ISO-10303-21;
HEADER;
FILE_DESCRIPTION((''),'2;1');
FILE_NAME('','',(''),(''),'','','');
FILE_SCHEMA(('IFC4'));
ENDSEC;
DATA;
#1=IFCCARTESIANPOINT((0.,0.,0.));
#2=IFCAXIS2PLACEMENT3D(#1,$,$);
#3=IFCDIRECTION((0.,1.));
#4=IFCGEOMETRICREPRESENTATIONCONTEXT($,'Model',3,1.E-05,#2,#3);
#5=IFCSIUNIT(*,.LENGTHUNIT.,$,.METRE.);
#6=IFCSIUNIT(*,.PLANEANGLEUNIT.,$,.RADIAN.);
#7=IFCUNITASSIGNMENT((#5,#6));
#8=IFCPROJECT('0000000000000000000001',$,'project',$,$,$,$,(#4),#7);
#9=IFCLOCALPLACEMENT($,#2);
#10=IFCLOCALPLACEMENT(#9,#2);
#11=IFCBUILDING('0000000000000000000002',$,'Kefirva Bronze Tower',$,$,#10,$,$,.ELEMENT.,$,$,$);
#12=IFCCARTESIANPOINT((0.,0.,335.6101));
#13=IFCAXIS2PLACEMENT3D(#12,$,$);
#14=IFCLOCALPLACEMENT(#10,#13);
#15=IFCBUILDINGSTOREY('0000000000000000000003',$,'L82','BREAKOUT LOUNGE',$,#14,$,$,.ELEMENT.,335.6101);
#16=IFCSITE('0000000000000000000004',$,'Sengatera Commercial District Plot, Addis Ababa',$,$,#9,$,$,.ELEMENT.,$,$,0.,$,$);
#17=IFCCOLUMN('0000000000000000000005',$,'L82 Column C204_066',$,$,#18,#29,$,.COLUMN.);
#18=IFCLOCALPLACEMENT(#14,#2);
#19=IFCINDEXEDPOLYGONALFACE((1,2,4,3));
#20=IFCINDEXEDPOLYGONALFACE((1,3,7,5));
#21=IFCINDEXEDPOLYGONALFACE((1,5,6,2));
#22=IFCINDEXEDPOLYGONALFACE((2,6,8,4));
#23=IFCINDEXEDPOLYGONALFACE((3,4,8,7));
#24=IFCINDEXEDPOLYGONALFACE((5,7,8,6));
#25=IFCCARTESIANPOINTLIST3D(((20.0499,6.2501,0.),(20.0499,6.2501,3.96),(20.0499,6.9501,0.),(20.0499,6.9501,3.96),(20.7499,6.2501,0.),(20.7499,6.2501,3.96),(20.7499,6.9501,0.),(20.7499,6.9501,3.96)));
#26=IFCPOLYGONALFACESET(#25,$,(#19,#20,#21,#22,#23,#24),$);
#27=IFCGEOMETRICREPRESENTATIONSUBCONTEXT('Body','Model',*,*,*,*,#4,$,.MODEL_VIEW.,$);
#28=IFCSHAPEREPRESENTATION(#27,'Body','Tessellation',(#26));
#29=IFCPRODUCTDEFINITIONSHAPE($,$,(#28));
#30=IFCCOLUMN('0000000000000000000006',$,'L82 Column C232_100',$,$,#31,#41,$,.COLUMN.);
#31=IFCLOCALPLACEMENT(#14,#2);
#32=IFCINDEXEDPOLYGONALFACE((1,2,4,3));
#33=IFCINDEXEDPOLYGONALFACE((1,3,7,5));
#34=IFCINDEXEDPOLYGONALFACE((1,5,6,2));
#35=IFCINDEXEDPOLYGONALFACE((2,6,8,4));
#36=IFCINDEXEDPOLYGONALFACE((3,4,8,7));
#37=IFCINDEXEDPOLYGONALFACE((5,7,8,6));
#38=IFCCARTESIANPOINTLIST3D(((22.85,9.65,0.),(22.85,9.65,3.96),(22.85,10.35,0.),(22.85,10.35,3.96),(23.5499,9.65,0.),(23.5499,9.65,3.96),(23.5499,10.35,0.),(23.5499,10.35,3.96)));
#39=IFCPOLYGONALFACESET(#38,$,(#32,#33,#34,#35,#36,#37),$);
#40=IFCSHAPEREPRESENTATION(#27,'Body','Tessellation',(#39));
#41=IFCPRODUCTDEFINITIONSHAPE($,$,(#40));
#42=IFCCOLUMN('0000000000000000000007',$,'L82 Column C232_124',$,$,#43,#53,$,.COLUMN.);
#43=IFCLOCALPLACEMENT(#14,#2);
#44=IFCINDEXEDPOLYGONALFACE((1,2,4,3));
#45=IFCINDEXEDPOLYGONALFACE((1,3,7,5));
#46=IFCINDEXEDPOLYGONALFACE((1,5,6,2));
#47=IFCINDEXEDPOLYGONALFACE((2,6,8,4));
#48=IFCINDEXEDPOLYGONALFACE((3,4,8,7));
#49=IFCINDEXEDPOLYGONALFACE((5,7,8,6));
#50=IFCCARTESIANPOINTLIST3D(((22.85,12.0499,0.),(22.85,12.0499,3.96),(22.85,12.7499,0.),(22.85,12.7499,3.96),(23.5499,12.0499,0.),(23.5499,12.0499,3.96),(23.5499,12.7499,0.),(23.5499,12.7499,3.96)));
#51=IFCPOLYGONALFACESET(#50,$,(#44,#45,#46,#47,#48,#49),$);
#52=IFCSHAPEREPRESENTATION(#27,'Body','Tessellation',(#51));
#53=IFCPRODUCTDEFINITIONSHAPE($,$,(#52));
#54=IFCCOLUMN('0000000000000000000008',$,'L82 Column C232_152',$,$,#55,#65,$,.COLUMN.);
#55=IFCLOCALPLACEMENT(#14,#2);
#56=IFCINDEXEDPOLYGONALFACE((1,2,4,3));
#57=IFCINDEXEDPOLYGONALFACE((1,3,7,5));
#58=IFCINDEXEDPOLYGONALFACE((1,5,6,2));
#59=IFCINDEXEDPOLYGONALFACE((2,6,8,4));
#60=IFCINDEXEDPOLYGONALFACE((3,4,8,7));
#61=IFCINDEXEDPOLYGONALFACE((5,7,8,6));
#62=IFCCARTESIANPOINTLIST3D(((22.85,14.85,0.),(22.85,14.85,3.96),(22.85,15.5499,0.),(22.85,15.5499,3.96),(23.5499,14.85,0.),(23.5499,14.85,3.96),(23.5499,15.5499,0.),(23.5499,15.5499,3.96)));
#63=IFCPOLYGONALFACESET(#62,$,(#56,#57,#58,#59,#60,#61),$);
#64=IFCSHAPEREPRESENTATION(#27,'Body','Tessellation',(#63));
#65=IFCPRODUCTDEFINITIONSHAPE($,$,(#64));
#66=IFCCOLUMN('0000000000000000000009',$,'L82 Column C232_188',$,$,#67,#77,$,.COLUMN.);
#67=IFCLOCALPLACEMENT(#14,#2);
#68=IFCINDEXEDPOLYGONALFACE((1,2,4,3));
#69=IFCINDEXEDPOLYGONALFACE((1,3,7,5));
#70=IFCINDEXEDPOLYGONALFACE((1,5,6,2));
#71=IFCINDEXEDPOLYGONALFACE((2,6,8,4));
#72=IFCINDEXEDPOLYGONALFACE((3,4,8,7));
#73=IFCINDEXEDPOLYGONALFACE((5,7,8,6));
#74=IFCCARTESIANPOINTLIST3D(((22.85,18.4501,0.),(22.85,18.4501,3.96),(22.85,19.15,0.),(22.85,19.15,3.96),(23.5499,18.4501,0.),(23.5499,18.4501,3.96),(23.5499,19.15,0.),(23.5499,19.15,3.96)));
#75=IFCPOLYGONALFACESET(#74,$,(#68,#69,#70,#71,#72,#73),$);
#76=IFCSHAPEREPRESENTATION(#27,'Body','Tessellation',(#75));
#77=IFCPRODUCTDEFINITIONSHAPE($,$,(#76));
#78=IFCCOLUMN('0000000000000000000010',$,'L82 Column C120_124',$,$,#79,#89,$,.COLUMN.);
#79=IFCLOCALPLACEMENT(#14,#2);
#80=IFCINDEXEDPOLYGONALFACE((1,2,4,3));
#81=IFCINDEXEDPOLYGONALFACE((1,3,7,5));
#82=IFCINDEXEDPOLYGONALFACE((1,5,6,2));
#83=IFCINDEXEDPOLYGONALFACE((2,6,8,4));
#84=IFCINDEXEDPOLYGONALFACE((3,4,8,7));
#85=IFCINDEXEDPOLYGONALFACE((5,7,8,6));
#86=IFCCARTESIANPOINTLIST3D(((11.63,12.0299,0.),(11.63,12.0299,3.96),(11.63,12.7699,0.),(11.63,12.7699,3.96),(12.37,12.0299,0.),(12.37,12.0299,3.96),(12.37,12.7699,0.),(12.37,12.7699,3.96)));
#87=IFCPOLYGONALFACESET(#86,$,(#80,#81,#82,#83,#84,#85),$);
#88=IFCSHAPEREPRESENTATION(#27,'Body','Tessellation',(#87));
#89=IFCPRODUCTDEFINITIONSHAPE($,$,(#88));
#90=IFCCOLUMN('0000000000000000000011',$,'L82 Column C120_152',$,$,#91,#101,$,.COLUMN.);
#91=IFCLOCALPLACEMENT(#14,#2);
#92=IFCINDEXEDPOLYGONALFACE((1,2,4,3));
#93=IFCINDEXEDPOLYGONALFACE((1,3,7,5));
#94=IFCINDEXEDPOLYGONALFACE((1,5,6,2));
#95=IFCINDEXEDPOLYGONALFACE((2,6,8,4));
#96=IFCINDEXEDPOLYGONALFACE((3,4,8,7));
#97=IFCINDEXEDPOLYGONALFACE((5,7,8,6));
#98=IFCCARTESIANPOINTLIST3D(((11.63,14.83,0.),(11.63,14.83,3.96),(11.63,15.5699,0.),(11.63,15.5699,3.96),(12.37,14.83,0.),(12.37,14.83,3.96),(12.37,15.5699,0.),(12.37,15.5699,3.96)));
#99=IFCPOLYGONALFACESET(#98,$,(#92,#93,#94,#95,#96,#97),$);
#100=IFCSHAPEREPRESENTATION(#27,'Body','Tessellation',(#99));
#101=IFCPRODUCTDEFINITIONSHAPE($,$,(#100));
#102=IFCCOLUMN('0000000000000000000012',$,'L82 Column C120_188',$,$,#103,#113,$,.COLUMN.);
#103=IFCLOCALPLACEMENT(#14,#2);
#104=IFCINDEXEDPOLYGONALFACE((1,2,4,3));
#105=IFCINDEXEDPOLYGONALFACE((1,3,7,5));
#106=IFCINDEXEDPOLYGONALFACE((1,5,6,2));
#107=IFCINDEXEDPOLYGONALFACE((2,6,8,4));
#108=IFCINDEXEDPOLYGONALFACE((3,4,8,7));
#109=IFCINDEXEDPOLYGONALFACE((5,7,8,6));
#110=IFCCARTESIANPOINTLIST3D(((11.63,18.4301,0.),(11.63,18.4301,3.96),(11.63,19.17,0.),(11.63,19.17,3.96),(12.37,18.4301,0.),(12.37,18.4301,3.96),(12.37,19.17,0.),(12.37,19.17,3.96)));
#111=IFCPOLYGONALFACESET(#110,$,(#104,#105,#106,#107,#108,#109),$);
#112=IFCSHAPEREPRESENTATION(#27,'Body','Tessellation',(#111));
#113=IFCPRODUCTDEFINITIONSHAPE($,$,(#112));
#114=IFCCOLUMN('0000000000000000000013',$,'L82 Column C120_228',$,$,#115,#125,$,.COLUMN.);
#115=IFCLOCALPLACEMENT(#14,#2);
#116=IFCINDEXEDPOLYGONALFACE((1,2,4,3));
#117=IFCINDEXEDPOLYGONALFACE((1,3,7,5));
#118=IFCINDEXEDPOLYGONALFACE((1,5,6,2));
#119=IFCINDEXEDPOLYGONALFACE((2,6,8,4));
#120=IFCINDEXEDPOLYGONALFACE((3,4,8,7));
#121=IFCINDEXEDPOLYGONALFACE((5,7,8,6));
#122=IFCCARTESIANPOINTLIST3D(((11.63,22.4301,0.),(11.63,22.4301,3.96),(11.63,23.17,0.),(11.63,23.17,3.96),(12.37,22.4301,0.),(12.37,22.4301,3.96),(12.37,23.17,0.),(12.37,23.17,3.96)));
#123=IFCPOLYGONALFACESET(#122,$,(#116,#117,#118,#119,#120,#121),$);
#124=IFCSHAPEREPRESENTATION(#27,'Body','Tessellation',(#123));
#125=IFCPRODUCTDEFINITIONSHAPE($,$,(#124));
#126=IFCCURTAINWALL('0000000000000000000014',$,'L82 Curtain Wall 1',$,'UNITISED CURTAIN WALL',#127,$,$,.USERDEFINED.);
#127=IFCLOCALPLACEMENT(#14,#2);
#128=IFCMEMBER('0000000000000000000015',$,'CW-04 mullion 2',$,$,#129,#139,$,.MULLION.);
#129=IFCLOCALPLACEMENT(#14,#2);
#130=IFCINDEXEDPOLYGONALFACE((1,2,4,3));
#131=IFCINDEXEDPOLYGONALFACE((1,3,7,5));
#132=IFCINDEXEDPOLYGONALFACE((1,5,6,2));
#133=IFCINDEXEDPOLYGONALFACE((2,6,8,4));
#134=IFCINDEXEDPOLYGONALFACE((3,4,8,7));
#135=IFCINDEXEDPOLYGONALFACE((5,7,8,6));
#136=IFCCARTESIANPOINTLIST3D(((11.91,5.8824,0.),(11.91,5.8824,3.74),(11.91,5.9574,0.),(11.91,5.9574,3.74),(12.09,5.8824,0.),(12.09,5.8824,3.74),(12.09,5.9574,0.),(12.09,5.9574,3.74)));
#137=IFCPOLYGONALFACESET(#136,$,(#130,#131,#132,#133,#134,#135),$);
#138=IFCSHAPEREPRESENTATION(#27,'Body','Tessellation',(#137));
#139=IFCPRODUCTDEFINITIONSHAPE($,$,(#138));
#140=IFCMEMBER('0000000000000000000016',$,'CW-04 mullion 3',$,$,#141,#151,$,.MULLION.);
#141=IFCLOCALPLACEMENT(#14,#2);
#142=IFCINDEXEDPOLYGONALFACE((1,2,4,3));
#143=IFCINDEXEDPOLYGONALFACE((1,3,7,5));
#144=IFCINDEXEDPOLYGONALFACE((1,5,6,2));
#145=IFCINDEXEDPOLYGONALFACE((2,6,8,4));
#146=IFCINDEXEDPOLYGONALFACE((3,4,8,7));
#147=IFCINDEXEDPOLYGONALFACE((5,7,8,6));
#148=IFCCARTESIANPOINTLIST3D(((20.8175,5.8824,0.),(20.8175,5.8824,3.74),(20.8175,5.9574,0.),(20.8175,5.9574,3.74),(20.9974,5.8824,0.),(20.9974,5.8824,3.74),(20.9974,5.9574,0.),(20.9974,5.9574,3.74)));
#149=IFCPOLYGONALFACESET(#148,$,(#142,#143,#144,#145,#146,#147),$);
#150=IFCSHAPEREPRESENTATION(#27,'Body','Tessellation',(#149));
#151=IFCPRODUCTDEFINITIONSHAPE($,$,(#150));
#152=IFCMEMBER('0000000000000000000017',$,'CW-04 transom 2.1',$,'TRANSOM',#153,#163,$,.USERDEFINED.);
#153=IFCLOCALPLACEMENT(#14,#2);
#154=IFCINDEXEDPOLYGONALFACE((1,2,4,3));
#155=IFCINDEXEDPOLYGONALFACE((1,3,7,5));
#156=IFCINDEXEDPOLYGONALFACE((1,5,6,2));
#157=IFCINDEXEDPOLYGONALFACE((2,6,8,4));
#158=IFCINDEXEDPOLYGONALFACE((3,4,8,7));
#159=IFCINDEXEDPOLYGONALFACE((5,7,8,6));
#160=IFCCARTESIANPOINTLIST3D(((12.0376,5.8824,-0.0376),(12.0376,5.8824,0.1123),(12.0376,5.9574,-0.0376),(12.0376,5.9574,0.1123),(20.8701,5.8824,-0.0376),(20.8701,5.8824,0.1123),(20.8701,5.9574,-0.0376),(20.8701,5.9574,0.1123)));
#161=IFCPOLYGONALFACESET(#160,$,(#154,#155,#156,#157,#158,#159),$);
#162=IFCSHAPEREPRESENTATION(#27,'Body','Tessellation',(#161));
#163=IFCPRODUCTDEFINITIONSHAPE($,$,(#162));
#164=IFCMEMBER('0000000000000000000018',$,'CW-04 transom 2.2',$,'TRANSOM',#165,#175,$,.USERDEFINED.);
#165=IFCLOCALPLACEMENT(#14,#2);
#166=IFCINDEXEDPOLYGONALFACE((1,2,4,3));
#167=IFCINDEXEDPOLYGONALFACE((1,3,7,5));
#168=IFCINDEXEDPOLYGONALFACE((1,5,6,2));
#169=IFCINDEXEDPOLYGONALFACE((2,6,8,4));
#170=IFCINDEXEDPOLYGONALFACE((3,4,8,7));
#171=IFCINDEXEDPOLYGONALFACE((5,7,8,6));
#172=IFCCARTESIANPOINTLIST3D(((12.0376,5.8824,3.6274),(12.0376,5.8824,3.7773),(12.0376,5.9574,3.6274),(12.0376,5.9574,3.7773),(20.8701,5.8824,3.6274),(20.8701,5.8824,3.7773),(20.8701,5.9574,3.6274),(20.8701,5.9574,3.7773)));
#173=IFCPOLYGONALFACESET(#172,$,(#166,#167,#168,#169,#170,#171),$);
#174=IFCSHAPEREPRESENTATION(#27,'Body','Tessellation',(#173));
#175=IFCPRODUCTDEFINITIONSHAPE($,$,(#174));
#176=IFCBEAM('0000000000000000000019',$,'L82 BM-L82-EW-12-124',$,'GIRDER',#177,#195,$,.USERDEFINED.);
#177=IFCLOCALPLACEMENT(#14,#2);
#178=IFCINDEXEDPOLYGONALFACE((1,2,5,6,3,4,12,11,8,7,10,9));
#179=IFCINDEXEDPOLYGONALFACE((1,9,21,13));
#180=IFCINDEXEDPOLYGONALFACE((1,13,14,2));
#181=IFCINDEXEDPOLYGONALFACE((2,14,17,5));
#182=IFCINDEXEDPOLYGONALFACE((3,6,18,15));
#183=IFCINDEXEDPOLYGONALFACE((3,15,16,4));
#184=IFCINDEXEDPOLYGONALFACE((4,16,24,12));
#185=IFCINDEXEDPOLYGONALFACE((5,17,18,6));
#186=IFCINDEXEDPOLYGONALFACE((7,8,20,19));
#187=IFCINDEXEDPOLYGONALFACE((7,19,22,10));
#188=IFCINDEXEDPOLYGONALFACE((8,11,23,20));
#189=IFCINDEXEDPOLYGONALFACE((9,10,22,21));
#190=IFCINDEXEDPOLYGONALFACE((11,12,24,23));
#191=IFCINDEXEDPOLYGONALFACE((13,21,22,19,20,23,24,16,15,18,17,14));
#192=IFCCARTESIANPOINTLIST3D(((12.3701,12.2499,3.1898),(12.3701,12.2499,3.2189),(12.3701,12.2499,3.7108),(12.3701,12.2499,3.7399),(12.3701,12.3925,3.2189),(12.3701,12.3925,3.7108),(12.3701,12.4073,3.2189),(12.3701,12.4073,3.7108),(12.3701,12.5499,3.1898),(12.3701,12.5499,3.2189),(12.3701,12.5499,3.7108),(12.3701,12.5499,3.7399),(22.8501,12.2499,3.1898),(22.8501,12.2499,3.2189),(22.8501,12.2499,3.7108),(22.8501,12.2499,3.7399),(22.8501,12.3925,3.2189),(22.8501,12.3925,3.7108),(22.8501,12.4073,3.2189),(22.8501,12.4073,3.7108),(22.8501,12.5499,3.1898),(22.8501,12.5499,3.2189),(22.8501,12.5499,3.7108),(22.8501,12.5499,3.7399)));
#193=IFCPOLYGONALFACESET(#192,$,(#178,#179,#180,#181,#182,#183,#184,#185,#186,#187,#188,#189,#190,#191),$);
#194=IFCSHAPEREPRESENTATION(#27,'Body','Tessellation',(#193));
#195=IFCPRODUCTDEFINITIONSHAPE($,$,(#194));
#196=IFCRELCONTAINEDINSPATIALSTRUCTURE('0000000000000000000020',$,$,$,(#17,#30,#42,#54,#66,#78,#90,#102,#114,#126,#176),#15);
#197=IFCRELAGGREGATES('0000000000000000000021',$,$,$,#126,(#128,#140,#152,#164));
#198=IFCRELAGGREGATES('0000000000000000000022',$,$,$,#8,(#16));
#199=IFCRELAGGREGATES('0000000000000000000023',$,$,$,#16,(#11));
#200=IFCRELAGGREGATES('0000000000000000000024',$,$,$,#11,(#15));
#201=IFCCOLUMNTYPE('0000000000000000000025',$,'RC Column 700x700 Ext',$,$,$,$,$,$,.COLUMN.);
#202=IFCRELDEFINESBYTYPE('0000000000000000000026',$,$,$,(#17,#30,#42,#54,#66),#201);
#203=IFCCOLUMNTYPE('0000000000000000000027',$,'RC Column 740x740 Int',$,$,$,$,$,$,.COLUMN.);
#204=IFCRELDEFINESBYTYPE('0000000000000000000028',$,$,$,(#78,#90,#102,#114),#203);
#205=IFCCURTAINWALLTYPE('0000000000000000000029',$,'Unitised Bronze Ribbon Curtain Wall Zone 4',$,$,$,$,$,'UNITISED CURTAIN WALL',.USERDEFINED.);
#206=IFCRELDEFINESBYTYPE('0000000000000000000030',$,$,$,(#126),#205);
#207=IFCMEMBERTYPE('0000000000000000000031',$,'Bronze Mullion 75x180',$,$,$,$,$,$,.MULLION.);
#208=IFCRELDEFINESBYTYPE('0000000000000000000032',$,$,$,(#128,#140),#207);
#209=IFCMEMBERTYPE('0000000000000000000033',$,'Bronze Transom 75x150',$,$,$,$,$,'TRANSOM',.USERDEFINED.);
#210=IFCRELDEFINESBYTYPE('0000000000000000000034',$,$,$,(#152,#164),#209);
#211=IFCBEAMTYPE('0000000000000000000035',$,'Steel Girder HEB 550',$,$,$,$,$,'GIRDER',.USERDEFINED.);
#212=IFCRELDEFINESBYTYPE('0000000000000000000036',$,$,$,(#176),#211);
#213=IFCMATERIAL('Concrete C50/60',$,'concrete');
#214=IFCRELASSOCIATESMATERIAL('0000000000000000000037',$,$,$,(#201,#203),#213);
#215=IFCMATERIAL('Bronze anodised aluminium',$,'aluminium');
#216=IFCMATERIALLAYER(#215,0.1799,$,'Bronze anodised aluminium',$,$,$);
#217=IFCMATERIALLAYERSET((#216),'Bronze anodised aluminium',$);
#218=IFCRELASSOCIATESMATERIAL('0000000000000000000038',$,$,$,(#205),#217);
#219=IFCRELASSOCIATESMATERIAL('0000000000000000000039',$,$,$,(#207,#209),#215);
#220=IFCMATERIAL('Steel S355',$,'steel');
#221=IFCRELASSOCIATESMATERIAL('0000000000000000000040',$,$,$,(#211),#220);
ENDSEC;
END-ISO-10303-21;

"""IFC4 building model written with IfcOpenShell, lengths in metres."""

from ifc_helpers import new_model, si_unit, direction, frame, origin, origin_2d, place, context, subcontext, project, spatial, rectangle, i_section, extrude, material, layer, layer_set, material_profile, profile_set, type_object, element, aggregate, save


model = new_model("IFC4")

# Units and contexts
model_context = context("Model", 3, precision=1e-05, world=origin(), true_north=direction((0.0, 1.0)))
body_context = subcontext(model_context, "Body", "Model", "MODEL_VIEW")
ifc_project = project(units=[si_unit("LENGTHUNIT", "METRE"), si_unit("PLANEANGLEUNIT", "RADIAN")], contexts=[model_context])

# Site, building, storey
site_placement = place(None, origin())
site = spatial("IfcSite", under=ifc_project, at=site_placement, Name="Sengatera Commercial District Plot, Addis Ababa", CompositionType="ELEMENT", RefElevation=0.0)
building_placement = place(site_placement, origin())
building = spatial("IfcBuilding", under=site, at=building_placement, Name="Kefirva Bronze Tower", CompositionType="ELEMENT")
storey_placement = place(building_placement, frame((0.0, 0.0, 335.6101)))
storey = spatial("IfcBuildingStorey", under=building, at=storey_placement, Name="L82", Description="BREAKOUT LOUNGE", CompositionType="ELEMENT", Elevation=335.6101)

# Columns
ifc_material_1 = material(Name="Concrete C50/60", Category="concrete")
ifc_material_profile_1 = material_profile(ifc_material_1, rectangle(XDim=0.7, YDim=0.7, at=origin_2d()), Name="RC 700x700")
ifc_profile_set_1 = profile_set([ifc_material_profile_1], Name="Concrete C50/60")
column_type_1 = type_object("IfcColumnType", Name="RC Column 700x700 Ext", PredefinedType="COLUMN", material=ifc_profile_set_1)
for number, where, z_axis, x_axis, name in (
    (1, (20.3999, 6.6001, 0.0), (0.0, 0.0, 1.0), (1.0, 0.0, 0.0), "L82 Column C204_066"),
    (2, (23.2, 10.0, 0.0), (0.0, 0.0, 1.0), (1.0, 0.0, 0.0), "L82 Column C232_100"),
    (3, (23.2, 12.3999, 0.0), (0.0, 0.0, 1.0), (1.0, 0.0, 0.0), "L82 Column C232_124"),
    (4, (23.2, 15.2, 0.0), (0.0, 0.0, 1.0), (1.0, 0.0, 0.0), "L82 Column C232_152"),
    (5, (23.2, 18.8, 0.0), (0.0, 0.0, 1.0), (1.0, 0.0, 0.0), "L82 Column C232_188"),
):
    element("IfcColumn", number, at=place(storey_placement, frame(where, z_axis=z_axis, x_axis=x_axis)), inside=storey, type_object=column_type_1, Name=name, PredefinedType="COLUMN", context=body_context, shape_type="SweptSolid", body=[
        extrude(rectangle(XDim=0.7, YDim=0.7, at=origin_2d()), origin(), (0.0, 0.0, 1.0), 3.96),
    ])
ifc_material_profile_2 = material_profile(ifc_material_1, rectangle(XDim=0.74, YDim=0.74, at=origin_2d()), Name="RC 740x740")
ifc_profile_set_2 = profile_set([ifc_material_profile_2], Name="Concrete C50/60")
column_type_2 = type_object("IfcColumnType", Name="RC Column 740x740 Int", PredefinedType="COLUMN", material=ifc_profile_set_2)
for number, where, z_axis, x_axis, name in (
    (6, (12.0, 12.3999, 0.0), (0.0, 0.0, 1.0), (1.0, 0.0, 0.0), "L82 Column C120_124"),
    (7, (12.0, 15.2, 0.0), (0.0, 0.0, 1.0), (1.0, 0.0, 0.0), "L82 Column C120_152"),
    (8, (12.0, 18.8, 0.0), (0.0, 0.0, 1.0), (1.0, 0.0, 0.0), "L82 Column C120_188"),
    (9, (12.0, 22.8, 0.0), (0.0, 0.0, 1.0), (1.0, 0.0, 0.0), "L82 Column C120_228"),
):
    element("IfcColumn", number, at=place(storey_placement, frame(where, z_axis=z_axis, x_axis=x_axis)), inside=storey, type_object=column_type_2, Name=name, PredefinedType="COLUMN", context=body_context, shape_type="SweptSolid", body=[
        extrude(rectangle(XDim=0.74, YDim=0.74, at=origin_2d()), origin(), (0.0, 0.0, 1.0), 3.96),
    ])

# Curtain wall, members
ifc_material_2 = material(Name="Bronze anodised aluminium", Category="aluminium")
ifc_layer_1 = layer(ifc_material_2, 0.1799, Name="Bronze anodised aluminium")
ifc_layer_set_1 = layer_set([ifc_layer_1], Name="Bronze anodised aluminium")
curtain_wall_type = type_object("IfcCurtainWallType", Name="Unitised Bronze Ribbon Curtain Wall Zone 4", ElementType="UNITISED CURTAIN WALL", PredefinedType="USERDEFINED", material=ifc_layer_set_1)
curtain_wall_placement = place(storey_placement, origin())
curtain_wall = element("IfcCurtainWall", 10, at=curtain_wall_placement, inside=storey, type_object=curtain_wall_type, Name="L82 Curtain Wall 1", ObjectType="UNITISED CURTAIN WALL", PredefinedType="USERDEFINED")
ifc_material_profile_3 = material_profile(ifc_material_2, rectangle(XDim=0.075, YDim=0.1799, at=origin_2d()), Name="ALU 75x180")
ifc_profile_set_3 = profile_set([ifc_material_profile_3], Name="Bronze anodised aluminium")
member_type_1 = type_object("IfcMemberType", Name="Bronze Mullion 75x180", PredefinedType="MULLION", material=ifc_profile_set_3)
member_1_placement = place(storey_placement, frame((12.0, 5.9199, 0.0), z_axis=(0.0, 0.0, 1.0), x_axis=(0.0, 1.0, 0.0)))
member_1 = element("IfcMember", 11, at=member_1_placement, type_object=member_type_1, Name="CW-04 mullion 2", PredefinedType="MULLION", context=body_context, shape_type="SweptSolid", body=[
    extrude(rectangle(XDim=0.075, YDim=0.1799, at=origin_2d()), origin(), (0.0, 0.0, 1.0), 3.74),
])
member_2_placement = place(storey_placement, frame((20.9075, 5.9199, 0.0), z_axis=(0.0, 0.0, 1.0), x_axis=(0.0, 1.0, 0.0)))
member_2 = element("IfcMember", 12, at=member_2_placement, type_object=member_type_1, Name="CW-04 mullion 3", PredefinedType="MULLION", context=body_context, shape_type="SweptSolid", body=[
    extrude(rectangle(XDim=0.075, YDim=0.1799, at=origin_2d()), origin(), (0.0, 0.0, 1.0), 3.74),
])
ifc_material_profile_4 = material_profile(ifc_material_2, rectangle(XDim=0.075, YDim=0.1499, at=origin_2d()), Name="ALU 75x150")
ifc_profile_set_4 = profile_set([ifc_material_profile_4], Name="Bronze anodised aluminium")
member_type_2 = type_object("IfcMemberType", Name="Bronze Transom 75x150", ElementType="TRANSOM", PredefinedType="USERDEFINED", material=ifc_profile_set_4)
member_3_placement = place(storey_placement, frame((12.0376, 5.9199, 0.0374), z_axis=(1.0, 0.0, 0.0), x_axis=(0.0, 1.0, 0.0)))
member_3 = element("IfcMember", 13, at=member_3_placement, type_object=member_type_2, Name="CW-04 transom 2.1", ObjectType="TRANSOM", PredefinedType="USERDEFINED", context=body_context, shape_type="SweptSolid", body=[
    extrude(rectangle(XDim=0.075, YDim=0.1499, at=origin_2d()), origin(), (0.0, 0.0, 1.0), 8.8325),
])
member_4_placement = place(storey_placement, frame((12.0376, 5.9199, 3.7024), z_axis=(1.0, 0.0, 0.0), x_axis=(0.0, 1.0, 0.0)))
member_4 = element("IfcMember", 14, at=member_4_placement, type_object=member_type_2, Name="CW-04 transom 2.2", ObjectType="TRANSOM", PredefinedType="USERDEFINED", context=body_context, shape_type="SweptSolid", body=[
    extrude(rectangle(XDim=0.075, YDim=0.1499, at=origin_2d()), origin(), (0.0, 0.0, 1.0), 8.8325),
])

# Beam
ifc_material_3 = material(Name="Steel S355", Category="steel")
ifc_material_profile_5 = material_profile(ifc_material_3, i_section(OverallWidth=0.3, OverallDepth=0.55, WebThickness=0.0149, FlangeThickness=0.0291, at=origin_2d()), Name="HEB 550")
ifc_profile_set_5 = profile_set([ifc_material_profile_5], Name="Steel S355")
beam_type_1 = type_object("IfcBeamType", Name="Steel Girder HEB 550", ElementType="GIRDER", PredefinedType="USERDEFINED", material=ifc_profile_set_5)
for number, where, z_axis, x_axis, name in (
    (15, (12.3701, 12.3999, 3.4648), (1.0, 0.0, 0.0), (0.0, 1.0, 0.0), "L82 BM-L82-EW-12-124"),
):
    element("IfcBeam", number, at=place(storey_placement, frame(where, z_axis=z_axis, x_axis=x_axis)), inside=storey, type_object=beam_type_1, Name=name, ObjectType="GIRDER", PredefinedType="USERDEFINED", context=body_context, shape_type="SweptSolid", body=[
        extrude(i_section(OverallWidth=0.3, OverallDepth=0.55, WebThickness=0.0149, FlangeThickness=0.0291, at=origin_2d()), origin(), (0.0, 0.0, 1.0), 10.48),
    ])

aggregate(curtain_wall, [member_1, member_2, member_3, member_4])

save(model, "model.ifc")
